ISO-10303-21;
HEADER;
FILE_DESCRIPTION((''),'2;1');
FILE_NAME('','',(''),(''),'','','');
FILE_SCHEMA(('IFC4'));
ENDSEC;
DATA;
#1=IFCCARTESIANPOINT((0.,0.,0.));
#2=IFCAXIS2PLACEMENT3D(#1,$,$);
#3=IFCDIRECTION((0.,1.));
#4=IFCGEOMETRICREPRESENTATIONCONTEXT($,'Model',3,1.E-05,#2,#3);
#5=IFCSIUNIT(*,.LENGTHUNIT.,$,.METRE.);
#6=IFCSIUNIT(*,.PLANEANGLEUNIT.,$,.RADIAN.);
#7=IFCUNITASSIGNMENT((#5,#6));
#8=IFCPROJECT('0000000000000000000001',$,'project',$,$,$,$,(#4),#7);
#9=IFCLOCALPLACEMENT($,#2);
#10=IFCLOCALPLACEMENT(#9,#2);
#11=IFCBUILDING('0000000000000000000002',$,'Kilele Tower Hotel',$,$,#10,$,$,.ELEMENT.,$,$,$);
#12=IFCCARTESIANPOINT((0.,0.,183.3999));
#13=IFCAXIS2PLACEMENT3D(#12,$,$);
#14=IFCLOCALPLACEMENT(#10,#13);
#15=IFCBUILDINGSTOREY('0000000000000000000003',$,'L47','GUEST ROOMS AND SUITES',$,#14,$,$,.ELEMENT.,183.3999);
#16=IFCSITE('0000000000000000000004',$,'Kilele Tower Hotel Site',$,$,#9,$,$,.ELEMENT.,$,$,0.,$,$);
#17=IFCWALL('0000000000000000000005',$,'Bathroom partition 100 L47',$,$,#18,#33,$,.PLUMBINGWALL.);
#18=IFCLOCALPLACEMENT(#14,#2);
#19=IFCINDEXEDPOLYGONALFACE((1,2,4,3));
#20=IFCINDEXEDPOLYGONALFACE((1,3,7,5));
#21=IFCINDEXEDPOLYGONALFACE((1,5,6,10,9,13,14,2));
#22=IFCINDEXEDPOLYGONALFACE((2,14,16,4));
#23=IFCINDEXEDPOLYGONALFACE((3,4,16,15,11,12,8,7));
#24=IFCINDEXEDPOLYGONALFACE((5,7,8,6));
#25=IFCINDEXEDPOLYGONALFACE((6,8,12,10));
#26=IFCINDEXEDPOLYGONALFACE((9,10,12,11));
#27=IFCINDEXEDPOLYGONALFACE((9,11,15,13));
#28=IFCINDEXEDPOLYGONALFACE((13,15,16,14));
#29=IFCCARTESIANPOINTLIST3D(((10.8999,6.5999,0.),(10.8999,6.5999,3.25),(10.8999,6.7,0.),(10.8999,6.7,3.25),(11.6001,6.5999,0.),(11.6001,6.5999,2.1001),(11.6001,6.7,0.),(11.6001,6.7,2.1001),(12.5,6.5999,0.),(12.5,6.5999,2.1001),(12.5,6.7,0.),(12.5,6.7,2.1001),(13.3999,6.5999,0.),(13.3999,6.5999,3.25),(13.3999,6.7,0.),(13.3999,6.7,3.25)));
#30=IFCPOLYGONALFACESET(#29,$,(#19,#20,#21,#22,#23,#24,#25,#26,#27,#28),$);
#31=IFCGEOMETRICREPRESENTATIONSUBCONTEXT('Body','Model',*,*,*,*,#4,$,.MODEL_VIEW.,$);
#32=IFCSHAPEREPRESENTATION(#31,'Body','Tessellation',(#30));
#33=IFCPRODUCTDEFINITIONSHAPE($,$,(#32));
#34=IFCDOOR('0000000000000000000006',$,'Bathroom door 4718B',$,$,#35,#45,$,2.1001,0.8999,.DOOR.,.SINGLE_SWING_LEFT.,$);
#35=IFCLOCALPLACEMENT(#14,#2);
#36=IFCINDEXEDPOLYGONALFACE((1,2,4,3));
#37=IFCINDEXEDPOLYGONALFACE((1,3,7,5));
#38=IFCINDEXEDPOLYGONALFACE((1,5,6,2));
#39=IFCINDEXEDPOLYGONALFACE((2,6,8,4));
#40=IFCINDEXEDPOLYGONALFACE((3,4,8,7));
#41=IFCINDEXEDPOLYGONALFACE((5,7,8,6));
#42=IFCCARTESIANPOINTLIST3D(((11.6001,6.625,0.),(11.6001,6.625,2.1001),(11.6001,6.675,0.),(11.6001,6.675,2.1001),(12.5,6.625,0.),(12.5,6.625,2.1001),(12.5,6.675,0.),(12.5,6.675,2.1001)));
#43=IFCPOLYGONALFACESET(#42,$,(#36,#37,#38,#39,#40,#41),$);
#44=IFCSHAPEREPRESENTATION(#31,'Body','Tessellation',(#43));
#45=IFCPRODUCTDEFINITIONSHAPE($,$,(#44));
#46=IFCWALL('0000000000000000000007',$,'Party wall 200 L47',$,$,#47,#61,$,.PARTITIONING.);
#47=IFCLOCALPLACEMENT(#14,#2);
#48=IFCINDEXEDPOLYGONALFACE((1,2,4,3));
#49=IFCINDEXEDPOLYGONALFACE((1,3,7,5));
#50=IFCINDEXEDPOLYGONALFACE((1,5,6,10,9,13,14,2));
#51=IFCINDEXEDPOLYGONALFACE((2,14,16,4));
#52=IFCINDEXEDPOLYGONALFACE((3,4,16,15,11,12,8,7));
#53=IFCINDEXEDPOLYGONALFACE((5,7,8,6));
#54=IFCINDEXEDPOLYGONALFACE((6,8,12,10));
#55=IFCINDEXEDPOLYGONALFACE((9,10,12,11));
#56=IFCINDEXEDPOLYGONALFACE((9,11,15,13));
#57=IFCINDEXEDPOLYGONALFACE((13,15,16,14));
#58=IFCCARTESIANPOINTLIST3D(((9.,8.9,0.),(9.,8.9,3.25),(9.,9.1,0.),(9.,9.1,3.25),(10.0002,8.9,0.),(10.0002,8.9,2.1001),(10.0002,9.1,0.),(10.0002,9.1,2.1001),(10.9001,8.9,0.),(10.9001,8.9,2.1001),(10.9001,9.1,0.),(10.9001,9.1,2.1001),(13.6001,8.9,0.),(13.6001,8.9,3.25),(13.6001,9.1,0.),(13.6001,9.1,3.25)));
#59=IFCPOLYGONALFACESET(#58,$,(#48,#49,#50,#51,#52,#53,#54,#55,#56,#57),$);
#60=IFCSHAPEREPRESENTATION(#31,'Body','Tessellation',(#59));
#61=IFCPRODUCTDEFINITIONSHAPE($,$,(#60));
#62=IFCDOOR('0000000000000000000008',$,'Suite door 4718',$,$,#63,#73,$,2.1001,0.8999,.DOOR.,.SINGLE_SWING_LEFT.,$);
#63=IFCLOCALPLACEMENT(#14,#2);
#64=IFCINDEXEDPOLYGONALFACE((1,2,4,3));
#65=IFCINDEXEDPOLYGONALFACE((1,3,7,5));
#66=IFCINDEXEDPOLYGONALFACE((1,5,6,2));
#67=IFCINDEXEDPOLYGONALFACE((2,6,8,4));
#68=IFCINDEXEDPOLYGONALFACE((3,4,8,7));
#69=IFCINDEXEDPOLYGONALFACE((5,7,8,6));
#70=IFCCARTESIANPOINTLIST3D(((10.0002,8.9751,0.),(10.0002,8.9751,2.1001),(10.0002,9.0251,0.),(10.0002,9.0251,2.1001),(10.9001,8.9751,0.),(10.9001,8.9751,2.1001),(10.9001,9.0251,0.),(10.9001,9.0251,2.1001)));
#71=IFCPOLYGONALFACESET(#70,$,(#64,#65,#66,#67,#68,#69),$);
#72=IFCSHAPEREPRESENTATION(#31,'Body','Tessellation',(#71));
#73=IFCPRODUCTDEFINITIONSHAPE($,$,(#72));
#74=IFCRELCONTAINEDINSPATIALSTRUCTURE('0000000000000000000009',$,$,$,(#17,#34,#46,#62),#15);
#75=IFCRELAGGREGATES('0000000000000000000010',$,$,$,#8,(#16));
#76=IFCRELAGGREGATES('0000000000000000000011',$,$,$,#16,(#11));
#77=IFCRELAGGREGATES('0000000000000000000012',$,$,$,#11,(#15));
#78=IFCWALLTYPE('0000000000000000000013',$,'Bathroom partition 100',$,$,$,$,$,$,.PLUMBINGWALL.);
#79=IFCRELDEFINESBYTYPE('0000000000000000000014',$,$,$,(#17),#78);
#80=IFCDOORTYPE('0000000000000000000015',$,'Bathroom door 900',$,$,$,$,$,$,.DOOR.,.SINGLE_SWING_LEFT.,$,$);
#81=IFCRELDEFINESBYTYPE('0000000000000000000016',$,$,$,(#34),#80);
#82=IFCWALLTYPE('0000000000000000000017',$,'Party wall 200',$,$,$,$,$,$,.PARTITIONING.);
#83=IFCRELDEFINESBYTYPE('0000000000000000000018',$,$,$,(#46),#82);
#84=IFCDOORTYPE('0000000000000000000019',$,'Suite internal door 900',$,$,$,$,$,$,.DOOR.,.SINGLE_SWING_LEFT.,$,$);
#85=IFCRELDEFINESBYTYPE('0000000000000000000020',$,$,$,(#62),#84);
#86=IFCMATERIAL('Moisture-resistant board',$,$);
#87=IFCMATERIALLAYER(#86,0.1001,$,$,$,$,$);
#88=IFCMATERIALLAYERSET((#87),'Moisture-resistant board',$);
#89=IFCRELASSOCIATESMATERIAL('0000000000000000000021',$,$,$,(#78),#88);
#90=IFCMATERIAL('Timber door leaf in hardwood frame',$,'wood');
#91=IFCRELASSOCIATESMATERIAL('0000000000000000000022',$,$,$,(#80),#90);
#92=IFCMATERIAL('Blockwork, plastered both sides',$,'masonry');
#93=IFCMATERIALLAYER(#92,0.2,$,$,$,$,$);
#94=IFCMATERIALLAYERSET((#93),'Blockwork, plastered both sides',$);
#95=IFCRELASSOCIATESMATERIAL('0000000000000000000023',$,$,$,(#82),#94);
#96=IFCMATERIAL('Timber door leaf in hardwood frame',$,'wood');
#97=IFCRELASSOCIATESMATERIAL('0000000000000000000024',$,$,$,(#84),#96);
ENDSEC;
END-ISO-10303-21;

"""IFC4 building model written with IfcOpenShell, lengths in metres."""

from ifc_helpers import new_model, si_unit, direction, frame, frame_2d, origin, place, context, subcontext, project, spatial, rectangle, extrude, material, layer, layer_set, type_object, element, fill, save


model = new_model("IFC4")

# Units and contexts
model_context = context("Model", 3, precision=1e-05, world=origin(), true_north=direction((0.0, 1.0)))
body_context = subcontext(model_context, "Body", "Model", "MODEL_VIEW")
ifc_project = project(units=[si_unit("LENGTHUNIT", "METRE"), si_unit("PLANEANGLEUNIT", "RADIAN")], contexts=[model_context])

# Site, building, storey
site_placement = place(None, origin())
site = spatial("IfcSite", under=ifc_project, at=site_placement, Name="Kilele Tower Hotel Site", CompositionType="ELEMENT", RefElevation=0.0)
building_placement = place(site_placement, origin())
building = spatial("IfcBuilding", under=site, at=building_placement, Name="Kilele Tower Hotel", CompositionType="ELEMENT")
storey_placement = place(building_placement, frame((0.0, 0.0, 183.3999)))
storey = spatial("IfcBuildingStorey", under=building, at=storey_placement, Name="L47", Description="GUEST ROOMS AND SUITES", CompositionType="ELEMENT", Elevation=183.3999)

# Shared definitions
ifc_material_1 = material(Name="Moisture-resistant board")
ifc_layer_1 = layer(ifc_material_1, 0.1001)
ifc_layer_set_1 = layer_set([ifc_layer_1], Name="Moisture-resistant board")
wall_type_1 = type_object("IfcWallType", Name="Bathroom partition 100", PredefinedType="PLUMBINGWALL", material=ifc_layer_set_1)

# Shared definitions
ifc_material_2 = material(Name="Timber door leaf in hardwood frame", Category="wood")
door_type_1 = type_object("IfcDoorType", Name="Bathroom door 900", OperationType="SINGLE_SWING_LEFT", PredefinedType="DOOR", material=ifc_material_2)

# Walls, openings, doors
wall_1_placement = place(storey_placement, frame((13.3999, 6.6499, 0.0), z_axis=(0.0, 0.0, 1.0), x_axis=(-1.0, 0.0, 0.0)))
wall_1 = element("IfcWall", 1, at=wall_1_placement, inside=storey, type_object=wall_type_1, Name="Bathroom partition 100 L47", PredefinedType="PLUMBINGWALL", context=body_context, shape_type="SweptSolid", body=[
    extrude(rectangle(XDim=2.5, YDim=0.1001, at=frame_2d((1.25, 0.0))), origin(), (0.0, 0.0, 1.0), 3.25),
])
opening_1_placement = place(wall_1_placement, frame((0.8999, 0.0, 0.0)))
opening_1 = element("IfcOpeningElement", 2, at=opening_1_placement, cuts=wall_1, PredefinedType="OPENING", context=body_context, shape_type="SweptSolid", body=[
    extrude(rectangle(XDim=0.8999, YDim=2.1001, at=frame_2d((0.45, 1.05))), frame((0.0, 0.0601, 0.0), z_axis=(0.0, -1.0, 0.0), x_axis=(1.0, 0.0, 0.0)), (0.0, 0.0, 1.0), 0.1201),
])
door_1_placement = place(opening_1_placement, origin())
door_1 = element("IfcDoor", 3, at=door_1_placement, inside=storey, type_object=door_type_1, Name="Bathroom door 4718B", OperationType="SINGLE_SWING_LEFT", OverallHeight=2.1001, OverallWidth=0.8999, PredefinedType="DOOR", context=body_context, shape_type="SweptSolid", body=[
    extrude(rectangle(XDim=0.8999, YDim=2.1001, at=frame_2d((0.45, 1.05))), frame((0.0, 0.0249, 0.0), z_axis=(0.0, -1.0, 0.0), x_axis=(1.0, 0.0, 0.0)), (0.0, 0.0, 1.0), 0.05),
])
fill(opening_1, door_1)
ifc_material_3 = material(Name="Blockwork, plastered both sides", Category="masonry")
ifc_layer_2 = layer(ifc_material_3, 0.2)
ifc_layer_set_2 = layer_set([ifc_layer_2], Name="Blockwork, plastered both sides")
wall_type_2 = type_object("IfcWallType", Name="Party wall 200", PredefinedType="PARTITIONING", material=ifc_layer_set_2)
wall_2_placement = place(storey_placement, frame((13.6001, 9.0, 0.0), z_axis=(0.0, 0.0, 1.0), x_axis=(-1.0, 0.0, 0.0)))
wall_2 = element("IfcWall", 4, at=wall_2_placement, inside=storey, type_object=wall_type_2, Name="Party wall 200 L47", PredefinedType="PARTITIONING", context=body_context, shape_type="SweptSolid", body=[
    extrude(rectangle(XDim=4.6001, YDim=0.2, at=frame_2d((2.3, 0.0))), origin(), (0.0, 0.0, 1.0), 3.25),
])
opening_2_placement = place(wall_2_placement, frame((2.7, 0.0, 0.0)))
opening_2 = element("IfcOpeningElement", 5, at=opening_2_placement, cuts=wall_2, PredefinedType="OPENING", context=body_context, shape_type="SweptSolid", body=[
    extrude(rectangle(XDim=0.8999, YDim=2.1001, at=frame_2d((0.45, 1.05))), frame((0.0, 0.1099, 0.0), z_axis=(0.0, -1.0, 0.0), x_axis=(1.0, 0.0, 0.0)), (0.0, 0.0, 1.0), 0.22),
])
ifc_material_4 = material(Name="Timber door leaf in hardwood frame", Category="wood")
door_type_2 = type_object("IfcDoorType", Name="Suite internal door 900", OperationType="SINGLE_SWING_LEFT", PredefinedType="DOOR", material=ifc_material_4)
door_2_placement = place(opening_2_placement, origin())
door_2 = element("IfcDoor", 6, at=door_2_placement, inside=storey, type_object=door_type_2, Name="Suite door 4718", OperationType="SINGLE_SWING_LEFT", OverallHeight=2.1001, OverallWidth=0.8999, PredefinedType="DOOR", context=body_context, shape_type="SweptSolid", body=[
    extrude(rectangle(XDim=0.8999, YDim=2.1001, at=frame_2d((0.45, 1.05))), frame((0.0, 0.0249, 0.0), z_axis=(0.0, -1.0, 0.0), x_axis=(1.0, 0.0, 0.0)), (0.0, 0.0, 1.0), 0.05),
])
fill(opening_2, door_2)

save(model, "model.ifc")
